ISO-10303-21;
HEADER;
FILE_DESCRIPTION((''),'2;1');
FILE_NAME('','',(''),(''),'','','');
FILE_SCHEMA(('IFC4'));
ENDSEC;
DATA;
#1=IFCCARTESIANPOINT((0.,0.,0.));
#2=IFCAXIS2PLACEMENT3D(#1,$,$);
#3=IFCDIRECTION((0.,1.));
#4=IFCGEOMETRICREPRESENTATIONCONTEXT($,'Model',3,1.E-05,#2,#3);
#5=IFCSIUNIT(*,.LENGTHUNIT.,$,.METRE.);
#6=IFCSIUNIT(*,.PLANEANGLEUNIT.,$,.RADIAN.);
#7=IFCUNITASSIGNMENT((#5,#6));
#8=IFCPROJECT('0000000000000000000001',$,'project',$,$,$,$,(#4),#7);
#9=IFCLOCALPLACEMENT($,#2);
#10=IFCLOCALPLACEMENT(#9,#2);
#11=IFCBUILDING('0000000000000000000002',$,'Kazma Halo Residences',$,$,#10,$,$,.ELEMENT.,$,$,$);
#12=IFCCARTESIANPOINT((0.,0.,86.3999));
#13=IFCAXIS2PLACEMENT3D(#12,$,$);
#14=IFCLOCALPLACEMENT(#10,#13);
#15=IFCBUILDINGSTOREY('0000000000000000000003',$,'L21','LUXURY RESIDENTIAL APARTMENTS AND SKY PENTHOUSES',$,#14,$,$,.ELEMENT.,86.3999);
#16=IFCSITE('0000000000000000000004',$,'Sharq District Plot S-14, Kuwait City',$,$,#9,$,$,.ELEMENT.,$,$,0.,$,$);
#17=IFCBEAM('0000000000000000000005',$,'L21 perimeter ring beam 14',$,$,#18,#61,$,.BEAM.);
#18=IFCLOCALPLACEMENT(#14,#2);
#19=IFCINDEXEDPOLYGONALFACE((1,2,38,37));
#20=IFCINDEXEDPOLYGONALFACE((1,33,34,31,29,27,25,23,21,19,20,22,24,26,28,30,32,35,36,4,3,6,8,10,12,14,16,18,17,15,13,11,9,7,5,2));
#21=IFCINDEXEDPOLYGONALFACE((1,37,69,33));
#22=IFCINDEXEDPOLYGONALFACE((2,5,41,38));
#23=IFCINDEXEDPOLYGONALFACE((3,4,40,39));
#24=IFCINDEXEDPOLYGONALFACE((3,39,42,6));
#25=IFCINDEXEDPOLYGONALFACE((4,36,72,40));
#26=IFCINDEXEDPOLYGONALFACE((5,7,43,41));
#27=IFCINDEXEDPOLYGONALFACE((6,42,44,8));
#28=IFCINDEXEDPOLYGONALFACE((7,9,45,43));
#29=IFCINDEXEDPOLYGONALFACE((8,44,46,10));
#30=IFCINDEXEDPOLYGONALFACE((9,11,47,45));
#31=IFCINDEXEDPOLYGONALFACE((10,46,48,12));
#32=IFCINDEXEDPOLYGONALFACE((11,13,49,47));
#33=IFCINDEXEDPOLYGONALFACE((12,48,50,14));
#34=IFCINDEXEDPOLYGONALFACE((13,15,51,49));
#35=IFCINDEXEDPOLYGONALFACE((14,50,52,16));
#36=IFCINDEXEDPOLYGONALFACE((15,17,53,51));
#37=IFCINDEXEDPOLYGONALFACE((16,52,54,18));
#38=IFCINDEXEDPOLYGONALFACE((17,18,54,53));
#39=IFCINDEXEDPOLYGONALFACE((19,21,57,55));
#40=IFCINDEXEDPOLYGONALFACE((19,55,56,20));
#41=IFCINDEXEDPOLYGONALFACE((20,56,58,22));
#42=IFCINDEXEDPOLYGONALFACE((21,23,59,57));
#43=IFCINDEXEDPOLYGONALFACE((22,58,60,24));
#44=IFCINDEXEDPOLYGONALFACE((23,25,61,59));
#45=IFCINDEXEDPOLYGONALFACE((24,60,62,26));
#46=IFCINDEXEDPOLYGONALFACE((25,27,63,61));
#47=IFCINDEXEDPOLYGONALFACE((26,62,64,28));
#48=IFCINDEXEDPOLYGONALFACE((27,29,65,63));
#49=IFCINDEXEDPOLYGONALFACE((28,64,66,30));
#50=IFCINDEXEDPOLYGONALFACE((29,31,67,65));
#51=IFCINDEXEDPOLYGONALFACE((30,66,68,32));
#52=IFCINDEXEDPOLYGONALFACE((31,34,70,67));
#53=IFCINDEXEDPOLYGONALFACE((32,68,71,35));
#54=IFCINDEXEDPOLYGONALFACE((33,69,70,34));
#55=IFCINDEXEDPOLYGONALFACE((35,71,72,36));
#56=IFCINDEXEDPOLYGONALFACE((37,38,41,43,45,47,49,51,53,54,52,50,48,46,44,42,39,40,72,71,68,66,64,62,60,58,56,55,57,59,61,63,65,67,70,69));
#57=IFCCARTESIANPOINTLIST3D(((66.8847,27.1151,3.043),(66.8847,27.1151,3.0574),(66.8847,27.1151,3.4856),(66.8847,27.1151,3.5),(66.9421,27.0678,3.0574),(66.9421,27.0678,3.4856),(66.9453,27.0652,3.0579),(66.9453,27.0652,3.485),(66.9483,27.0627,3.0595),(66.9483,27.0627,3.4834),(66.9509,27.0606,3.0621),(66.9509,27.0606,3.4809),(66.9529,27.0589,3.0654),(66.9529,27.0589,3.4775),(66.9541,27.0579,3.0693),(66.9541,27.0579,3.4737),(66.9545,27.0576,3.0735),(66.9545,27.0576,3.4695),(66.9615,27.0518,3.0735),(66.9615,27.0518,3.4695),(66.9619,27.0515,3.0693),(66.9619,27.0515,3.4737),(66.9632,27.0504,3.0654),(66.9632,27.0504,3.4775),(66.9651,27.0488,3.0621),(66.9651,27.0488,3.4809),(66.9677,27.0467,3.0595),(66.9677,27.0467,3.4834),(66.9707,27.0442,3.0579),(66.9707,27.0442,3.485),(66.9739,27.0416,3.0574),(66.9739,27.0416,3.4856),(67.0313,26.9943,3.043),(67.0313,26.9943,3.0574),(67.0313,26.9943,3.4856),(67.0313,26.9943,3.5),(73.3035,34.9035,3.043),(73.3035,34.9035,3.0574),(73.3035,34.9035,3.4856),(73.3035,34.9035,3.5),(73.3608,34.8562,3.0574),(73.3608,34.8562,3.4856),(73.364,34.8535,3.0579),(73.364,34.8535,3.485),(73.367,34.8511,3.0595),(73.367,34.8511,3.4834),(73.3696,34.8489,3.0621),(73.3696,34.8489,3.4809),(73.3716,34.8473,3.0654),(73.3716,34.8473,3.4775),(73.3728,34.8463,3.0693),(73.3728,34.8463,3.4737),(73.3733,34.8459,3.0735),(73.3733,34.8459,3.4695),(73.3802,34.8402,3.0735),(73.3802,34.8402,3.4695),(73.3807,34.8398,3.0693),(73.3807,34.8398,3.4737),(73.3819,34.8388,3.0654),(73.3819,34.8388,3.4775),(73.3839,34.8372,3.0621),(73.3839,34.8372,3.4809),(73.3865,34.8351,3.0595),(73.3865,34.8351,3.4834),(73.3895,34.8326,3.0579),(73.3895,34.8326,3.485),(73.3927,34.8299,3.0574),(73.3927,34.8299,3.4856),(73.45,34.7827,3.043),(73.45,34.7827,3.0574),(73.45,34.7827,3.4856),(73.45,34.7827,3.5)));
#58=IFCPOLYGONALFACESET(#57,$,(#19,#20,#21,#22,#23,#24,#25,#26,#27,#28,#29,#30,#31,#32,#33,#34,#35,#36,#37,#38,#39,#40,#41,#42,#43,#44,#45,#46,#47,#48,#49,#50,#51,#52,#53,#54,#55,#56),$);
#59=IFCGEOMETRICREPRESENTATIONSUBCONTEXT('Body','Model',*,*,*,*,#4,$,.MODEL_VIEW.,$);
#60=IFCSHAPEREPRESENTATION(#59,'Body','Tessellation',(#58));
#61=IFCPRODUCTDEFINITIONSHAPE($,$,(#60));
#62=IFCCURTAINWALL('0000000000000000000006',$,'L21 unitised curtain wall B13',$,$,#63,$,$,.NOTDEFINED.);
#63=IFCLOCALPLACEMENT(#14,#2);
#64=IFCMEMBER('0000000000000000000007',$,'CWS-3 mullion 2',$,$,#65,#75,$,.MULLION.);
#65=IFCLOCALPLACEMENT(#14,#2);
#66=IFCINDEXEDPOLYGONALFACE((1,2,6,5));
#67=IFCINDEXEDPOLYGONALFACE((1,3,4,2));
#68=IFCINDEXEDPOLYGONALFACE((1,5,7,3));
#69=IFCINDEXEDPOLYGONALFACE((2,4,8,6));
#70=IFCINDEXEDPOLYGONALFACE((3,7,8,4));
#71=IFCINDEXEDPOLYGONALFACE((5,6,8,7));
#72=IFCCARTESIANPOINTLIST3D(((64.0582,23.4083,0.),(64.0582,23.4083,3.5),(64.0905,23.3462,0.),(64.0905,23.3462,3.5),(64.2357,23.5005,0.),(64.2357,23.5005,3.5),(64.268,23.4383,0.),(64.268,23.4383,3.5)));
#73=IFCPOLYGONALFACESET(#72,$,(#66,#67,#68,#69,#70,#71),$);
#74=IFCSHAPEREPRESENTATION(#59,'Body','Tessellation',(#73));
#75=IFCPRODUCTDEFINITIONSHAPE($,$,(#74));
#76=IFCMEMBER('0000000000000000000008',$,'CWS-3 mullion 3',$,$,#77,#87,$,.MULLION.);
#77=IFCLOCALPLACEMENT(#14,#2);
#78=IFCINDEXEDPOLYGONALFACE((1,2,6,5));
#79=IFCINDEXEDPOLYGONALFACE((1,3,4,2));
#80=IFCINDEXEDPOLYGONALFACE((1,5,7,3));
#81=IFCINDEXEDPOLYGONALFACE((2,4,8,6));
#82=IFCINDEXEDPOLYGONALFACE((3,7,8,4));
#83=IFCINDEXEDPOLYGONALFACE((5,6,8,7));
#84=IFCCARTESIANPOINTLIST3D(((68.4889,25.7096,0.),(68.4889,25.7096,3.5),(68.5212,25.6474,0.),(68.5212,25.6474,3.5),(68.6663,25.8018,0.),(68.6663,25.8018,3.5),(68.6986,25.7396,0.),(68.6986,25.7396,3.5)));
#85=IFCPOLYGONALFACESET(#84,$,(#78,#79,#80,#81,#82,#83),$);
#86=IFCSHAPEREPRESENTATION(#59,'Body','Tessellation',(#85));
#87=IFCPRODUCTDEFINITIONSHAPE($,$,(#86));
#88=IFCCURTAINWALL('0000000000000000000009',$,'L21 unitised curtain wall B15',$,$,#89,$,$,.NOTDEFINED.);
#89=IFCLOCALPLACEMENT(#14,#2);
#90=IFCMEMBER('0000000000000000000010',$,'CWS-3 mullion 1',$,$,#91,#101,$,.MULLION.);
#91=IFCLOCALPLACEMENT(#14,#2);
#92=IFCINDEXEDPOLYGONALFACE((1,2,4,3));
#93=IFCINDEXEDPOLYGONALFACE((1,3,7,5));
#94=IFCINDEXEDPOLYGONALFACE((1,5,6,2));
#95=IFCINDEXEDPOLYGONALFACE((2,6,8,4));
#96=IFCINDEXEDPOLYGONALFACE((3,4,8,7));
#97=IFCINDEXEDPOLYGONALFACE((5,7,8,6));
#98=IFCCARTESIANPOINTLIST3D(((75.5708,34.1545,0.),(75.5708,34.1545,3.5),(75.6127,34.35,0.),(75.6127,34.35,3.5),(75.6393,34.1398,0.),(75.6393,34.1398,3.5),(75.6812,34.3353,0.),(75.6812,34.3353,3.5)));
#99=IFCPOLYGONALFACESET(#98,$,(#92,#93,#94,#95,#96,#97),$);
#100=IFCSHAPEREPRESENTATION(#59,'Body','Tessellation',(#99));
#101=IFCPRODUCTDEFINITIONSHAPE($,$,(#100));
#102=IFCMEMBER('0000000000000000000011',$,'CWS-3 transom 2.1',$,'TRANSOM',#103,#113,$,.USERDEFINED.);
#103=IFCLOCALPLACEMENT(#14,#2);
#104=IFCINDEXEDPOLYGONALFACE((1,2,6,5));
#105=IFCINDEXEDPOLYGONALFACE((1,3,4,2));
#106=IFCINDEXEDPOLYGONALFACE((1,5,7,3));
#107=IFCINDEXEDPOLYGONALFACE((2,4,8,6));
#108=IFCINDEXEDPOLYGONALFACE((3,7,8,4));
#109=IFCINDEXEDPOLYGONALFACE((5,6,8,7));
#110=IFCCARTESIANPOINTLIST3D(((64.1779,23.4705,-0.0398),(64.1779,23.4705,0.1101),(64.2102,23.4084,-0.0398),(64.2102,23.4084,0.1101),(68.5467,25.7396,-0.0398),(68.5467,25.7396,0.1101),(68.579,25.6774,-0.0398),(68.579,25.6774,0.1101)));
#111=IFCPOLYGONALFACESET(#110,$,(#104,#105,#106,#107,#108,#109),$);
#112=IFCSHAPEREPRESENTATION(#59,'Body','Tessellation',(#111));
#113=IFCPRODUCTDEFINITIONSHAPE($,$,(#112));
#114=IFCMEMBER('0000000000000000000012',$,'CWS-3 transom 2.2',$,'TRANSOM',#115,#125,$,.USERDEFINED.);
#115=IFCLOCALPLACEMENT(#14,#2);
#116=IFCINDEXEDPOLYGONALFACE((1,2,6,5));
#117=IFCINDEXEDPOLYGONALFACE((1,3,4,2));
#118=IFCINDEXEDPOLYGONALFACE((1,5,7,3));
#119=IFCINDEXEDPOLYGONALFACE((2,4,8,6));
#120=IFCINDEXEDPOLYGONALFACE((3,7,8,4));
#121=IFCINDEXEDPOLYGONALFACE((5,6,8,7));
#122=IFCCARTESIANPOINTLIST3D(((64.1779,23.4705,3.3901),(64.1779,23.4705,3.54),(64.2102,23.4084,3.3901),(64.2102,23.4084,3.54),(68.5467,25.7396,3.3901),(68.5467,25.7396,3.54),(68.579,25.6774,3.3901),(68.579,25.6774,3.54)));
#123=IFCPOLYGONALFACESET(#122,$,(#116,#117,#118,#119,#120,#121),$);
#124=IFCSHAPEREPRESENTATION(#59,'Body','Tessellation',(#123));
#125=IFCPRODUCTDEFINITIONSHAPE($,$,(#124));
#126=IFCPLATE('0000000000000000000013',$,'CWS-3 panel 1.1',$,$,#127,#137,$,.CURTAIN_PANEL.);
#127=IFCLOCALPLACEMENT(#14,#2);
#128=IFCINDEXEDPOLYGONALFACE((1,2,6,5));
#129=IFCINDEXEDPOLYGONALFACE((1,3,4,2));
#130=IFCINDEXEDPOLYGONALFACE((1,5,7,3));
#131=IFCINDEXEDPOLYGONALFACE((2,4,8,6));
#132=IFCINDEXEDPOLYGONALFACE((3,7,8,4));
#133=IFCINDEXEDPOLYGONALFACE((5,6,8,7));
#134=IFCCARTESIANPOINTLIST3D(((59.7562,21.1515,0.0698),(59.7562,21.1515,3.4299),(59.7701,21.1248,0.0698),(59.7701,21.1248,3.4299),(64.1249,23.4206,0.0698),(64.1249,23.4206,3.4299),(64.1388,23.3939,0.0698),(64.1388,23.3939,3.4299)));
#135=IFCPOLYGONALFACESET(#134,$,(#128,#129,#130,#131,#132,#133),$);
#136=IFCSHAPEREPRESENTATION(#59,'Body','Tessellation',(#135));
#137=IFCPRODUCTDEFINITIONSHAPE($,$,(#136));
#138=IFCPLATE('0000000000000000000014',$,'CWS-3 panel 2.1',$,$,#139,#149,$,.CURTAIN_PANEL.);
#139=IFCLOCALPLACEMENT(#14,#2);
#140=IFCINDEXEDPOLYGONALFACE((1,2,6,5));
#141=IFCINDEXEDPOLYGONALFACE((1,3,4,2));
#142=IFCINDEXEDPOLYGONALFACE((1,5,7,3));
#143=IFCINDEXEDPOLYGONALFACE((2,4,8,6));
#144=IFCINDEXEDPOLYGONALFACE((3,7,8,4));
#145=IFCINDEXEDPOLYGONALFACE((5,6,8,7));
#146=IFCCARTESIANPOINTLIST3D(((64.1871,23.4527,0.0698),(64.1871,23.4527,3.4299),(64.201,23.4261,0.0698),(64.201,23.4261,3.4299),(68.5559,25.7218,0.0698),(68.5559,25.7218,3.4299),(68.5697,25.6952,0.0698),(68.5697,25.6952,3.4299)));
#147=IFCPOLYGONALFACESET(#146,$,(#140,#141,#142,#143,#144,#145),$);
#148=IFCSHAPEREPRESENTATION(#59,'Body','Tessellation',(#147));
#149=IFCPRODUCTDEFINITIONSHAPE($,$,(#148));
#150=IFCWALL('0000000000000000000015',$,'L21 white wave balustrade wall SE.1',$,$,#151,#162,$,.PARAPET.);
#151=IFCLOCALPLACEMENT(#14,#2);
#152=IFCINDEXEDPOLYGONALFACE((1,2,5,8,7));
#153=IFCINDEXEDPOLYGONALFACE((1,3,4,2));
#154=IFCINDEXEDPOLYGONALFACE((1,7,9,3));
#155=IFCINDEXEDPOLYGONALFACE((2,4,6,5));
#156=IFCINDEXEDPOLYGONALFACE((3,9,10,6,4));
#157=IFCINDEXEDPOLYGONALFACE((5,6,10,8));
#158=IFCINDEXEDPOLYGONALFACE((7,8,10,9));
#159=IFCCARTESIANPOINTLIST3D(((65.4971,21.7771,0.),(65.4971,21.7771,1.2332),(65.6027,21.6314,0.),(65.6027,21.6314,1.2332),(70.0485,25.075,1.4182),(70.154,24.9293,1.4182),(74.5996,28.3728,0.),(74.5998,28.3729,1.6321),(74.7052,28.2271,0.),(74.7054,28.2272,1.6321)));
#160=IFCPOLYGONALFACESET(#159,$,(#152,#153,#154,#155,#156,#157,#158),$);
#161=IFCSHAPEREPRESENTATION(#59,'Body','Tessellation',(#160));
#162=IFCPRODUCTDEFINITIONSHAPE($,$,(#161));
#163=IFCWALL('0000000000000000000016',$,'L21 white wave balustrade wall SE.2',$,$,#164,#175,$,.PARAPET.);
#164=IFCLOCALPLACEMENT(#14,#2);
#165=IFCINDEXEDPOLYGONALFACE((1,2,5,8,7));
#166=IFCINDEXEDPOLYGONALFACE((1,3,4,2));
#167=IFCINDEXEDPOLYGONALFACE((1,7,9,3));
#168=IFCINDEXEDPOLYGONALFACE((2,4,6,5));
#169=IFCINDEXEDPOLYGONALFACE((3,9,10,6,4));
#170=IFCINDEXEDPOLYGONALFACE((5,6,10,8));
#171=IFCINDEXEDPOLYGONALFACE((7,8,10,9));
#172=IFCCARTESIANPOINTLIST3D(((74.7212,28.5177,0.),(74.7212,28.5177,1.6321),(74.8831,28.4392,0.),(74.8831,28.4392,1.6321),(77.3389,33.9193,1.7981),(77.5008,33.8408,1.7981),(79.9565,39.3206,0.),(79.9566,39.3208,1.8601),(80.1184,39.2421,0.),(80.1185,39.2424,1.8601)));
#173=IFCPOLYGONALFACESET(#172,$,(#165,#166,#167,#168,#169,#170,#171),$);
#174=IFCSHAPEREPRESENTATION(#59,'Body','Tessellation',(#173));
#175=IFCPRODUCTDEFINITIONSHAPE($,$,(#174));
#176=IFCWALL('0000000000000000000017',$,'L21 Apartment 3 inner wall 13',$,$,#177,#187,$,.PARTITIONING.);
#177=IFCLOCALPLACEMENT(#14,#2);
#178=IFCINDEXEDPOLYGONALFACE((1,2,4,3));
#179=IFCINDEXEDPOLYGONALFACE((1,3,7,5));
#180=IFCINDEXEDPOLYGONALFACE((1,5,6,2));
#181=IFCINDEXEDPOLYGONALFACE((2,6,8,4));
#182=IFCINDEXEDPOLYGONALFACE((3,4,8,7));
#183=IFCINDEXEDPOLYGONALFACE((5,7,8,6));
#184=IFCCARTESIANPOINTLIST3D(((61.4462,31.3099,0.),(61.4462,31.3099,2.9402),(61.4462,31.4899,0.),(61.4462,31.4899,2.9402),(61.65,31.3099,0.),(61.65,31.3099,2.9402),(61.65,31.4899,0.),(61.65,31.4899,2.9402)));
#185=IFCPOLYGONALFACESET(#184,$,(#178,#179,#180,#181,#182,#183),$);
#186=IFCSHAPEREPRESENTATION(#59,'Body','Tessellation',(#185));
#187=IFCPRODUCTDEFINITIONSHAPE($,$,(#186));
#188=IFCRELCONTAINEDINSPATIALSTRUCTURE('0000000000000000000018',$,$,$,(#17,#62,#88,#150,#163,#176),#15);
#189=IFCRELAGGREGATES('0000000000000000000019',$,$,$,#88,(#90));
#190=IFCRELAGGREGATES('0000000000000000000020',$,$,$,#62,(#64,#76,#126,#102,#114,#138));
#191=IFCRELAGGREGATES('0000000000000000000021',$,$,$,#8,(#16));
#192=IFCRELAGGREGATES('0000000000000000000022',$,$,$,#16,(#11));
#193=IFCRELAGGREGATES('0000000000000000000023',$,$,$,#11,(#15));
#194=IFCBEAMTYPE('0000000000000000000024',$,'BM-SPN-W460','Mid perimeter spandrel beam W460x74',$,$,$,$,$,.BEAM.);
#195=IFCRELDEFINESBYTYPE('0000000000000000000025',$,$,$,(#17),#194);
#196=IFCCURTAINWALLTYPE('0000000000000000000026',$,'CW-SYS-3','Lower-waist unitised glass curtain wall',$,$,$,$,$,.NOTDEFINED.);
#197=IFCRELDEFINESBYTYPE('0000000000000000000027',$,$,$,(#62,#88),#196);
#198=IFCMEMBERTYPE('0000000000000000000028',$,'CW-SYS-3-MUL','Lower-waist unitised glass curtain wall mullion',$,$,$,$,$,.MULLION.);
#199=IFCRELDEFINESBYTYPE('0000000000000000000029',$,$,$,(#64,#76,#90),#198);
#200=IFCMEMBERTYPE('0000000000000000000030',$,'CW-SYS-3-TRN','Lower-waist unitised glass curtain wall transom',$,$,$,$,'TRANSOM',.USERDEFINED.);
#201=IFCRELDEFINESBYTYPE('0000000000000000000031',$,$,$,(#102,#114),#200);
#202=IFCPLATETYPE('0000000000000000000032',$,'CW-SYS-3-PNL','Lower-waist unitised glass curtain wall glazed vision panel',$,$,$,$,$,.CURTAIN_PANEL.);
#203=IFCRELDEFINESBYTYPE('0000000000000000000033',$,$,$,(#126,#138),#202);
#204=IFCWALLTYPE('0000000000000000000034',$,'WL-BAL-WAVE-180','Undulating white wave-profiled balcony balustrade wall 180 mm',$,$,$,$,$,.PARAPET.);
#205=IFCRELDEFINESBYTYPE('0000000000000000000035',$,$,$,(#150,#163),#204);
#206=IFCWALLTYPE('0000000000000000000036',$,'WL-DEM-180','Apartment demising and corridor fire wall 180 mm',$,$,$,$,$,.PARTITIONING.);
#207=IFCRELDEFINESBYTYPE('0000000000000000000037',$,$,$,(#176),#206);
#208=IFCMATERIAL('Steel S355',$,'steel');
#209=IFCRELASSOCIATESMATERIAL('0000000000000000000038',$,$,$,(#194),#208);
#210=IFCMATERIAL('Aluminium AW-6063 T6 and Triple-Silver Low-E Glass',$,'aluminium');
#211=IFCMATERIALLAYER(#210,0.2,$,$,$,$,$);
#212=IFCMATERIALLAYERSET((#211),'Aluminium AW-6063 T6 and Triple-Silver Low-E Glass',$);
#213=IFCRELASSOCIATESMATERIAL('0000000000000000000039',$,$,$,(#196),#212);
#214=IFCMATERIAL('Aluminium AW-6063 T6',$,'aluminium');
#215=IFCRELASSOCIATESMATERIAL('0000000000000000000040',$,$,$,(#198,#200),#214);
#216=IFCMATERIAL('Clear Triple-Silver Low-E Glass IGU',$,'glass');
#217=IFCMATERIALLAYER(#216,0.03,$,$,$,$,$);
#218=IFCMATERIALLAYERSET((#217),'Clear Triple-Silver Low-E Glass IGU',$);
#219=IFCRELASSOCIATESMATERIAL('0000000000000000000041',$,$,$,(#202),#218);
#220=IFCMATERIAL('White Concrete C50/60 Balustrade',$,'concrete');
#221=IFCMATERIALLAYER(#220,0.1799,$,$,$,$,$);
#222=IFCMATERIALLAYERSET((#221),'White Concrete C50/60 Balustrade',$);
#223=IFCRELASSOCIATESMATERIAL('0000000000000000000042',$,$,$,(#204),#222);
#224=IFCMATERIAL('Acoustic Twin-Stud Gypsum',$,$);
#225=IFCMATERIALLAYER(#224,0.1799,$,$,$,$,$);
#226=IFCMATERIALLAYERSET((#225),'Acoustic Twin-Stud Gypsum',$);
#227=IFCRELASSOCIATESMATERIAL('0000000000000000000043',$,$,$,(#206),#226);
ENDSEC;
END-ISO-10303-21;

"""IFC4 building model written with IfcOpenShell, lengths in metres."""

from ifc_helpers import new_model, si_unit, direction, frame, frame_2d, origin, origin_2d, place, context, subcontext, project, spatial, polyline, rectangle, i_section, outline, extrude, material, layer, layer_set, material_profile, profile_set, type_object, element, aggregate, save


model = new_model("IFC4")

# Units and contexts
model_context = context("Model", 3, precision=1e-05, world=origin(), true_north=direction((0.0, 1.0)))
body_context = subcontext(model_context, "Body", "Model", "MODEL_VIEW")
ifc_project = project(units=[si_unit("LENGTHUNIT", "METRE"), si_unit("PLANEANGLEUNIT", "RADIAN")], contexts=[model_context])

# Site, building, storey
site_placement = place(None, origin())
site = spatial("IfcSite", under=ifc_project, at=site_placement, Name="Sharq District Plot S-14, Kuwait City", CompositionType="ELEMENT", RefElevation=0.0)
building_placement = place(site_placement, origin())
building = spatial("IfcBuilding", under=site, at=building_placement, Name="Kazma Halo Residences", CompositionType="ELEMENT")
storey_placement = place(building_placement, frame((0.0, 0.0, 86.3999)))
storey = spatial("IfcBuildingStorey", under=building, at=storey_placement, Name="L21", Description="LUXURY RESIDENTIAL APARTMENTS AND SKY PENTHOUSES", CompositionType="ELEMENT", Elevation=86.3999)

# Beam
ifc_material_1 = material(Name="Steel S355", Category="steel")
ifc_material_profile_1 = material_profile(ifc_material_1, i_section(OverallWidth=0.1899, OverallDepth=0.457, WebThickness=0.009, FlangeThickness=0.0144, FilletRadius=0.0161, at=origin_2d()), Name="W460x74")
ifc_profile_set_1 = profile_set([ifc_material_profile_1], Name="Steel S355")
beam_type_1 = type_object("IfcBeamType", Name="BM-SPN-W460", Description="Mid perimeter spandrel beam W460x74", PredefinedType="BEAM", material=ifc_profile_set_1)
beam_1_placement = place(storey_placement, frame((66.958, 27.0547, 3.2715), z_axis=(0.63599, 0.771698, 0.0), x_axis=(-0.771698, 0.63599, 0.0)))
element("IfcBeam", 1, at=beam_1_placement, inside=storey, type_object=beam_type_1, Name="L21 perimeter ring beam 14", PredefinedType="BEAM", context=body_context, shape_type="SweptSolid", body=[
    extrude(i_section(OverallWidth=0.1899, OverallDepth=0.457, WebThickness=0.009, FlangeThickness=0.0144, FilletRadius=0.0161, at=origin_2d()), origin(), (0.0, 0.0, 1.0), 10.0925),
])

# Curtain wall, members
ifc_material_2 = material(Name="Aluminium AW-6063 T6 and Triple-Silver Low-E Glass", Category="aluminium")
ifc_layer_1 = layer(ifc_material_2, 0.2)
ifc_layer_set_1 = layer_set([ifc_layer_1], Name="Aluminium AW-6063 T6 and Triple-Silver Low-E Glass")
curtain_wall_type = type_object("IfcCurtainWallType", Name="CW-SYS-3", Description="Lower-waist unitised glass curtain wall", PredefinedType="NOTDEFINED", material=ifc_layer_set_1)
curtain_wall_1_placement = place(storey_placement, origin())
curtain_wall_1 = element("IfcCurtainWall", 2, at=curtain_wall_1_placement, inside=storey, type_object=curtain_wall_type, Name="L21 unitised curtain wall B13", PredefinedType="NOTDEFINED")
ifc_material_3 = material(Name="Aluminium AW-6063 T6", Category="aluminium")
ifc_material_profile_2 = material_profile(ifc_material_3, rectangle(XDim=0.0701, YDim=0.2, at=origin_2d()), Name="CWM-70x200")
ifc_profile_set_2 = profile_set([ifc_material_profile_2], Name="Aluminium AW-6063 T6")
member_type_1 = type_object("IfcMemberType", Name="CW-SYS-3-MUL", Description="Lower-waist unitised glass curtain wall mullion", PredefinedType="MULLION", material=ifc_profile_set_2)
member_1_placement = place(storey_placement, frame((64.1631, 23.4233, 0.0), z_axis=(0.0, 0.0, 1.0), x_axis=(-0.460932, 0.887435, 0.0)))
member_1 = element("IfcMember", 3, at=member_1_placement, type_object=member_type_1, Name="CWS-3 mullion 2", PredefinedType="MULLION", context=body_context, shape_type="SweptSolid", body=[
    extrude(rectangle(XDim=0.0701, YDim=0.2, at=origin_2d()), origin(), (0.0, 0.0, 1.0), 3.5),
])
member_2_placement = place(storey_placement, frame((68.5938, 25.7246, 0.0), z_axis=(0.0, 0.0, 1.0), x_axis=(-0.460932, 0.887435, 0.0)))
member_2 = element("IfcMember", 4, at=member_2_placement, type_object=member_type_1, Name="CWS-3 mullion 3", PredefinedType="MULLION", context=body_context, shape_type="SweptSolid", body=[
    extrude(rectangle(XDim=0.0701, YDim=0.2, at=origin_2d()), origin(), (0.0, 0.0, 1.0), 3.5),
])

# Curtain wall, member
curtain_wall_2_placement = place(storey_placement, origin())
curtain_wall_2 = element("IfcCurtainWall", 5, at=curtain_wall_2_placement, inside=storey, type_object=curtain_wall_type, Name="L21 unitised curtain wall B15", PredefinedType="NOTDEFINED")
member_3_placement = place(storey_placement, frame((75.626, 34.2449, 0.0), z_axis=(0.0, 0.0, 1.0), x_axis=(-0.977774, 0.209661, 0.0)))
member_3 = element("IfcMember", 6, at=member_3_placement, type_object=member_type_1, Name="CWS-3 mullion 1", PredefinedType="MULLION", context=body_context, shape_type="SweptSolid", body=[
    extrude(rectangle(XDim=0.0701, YDim=0.2, at=origin_2d()), origin(), (0.0, 0.0, 1.0), 3.5),
])
aggregate(curtain_wall_2, [member_3])

# Members
ifc_material_profile_3 = material_profile(ifc_material_3, rectangle(XDim=0.0701, YDim=0.1499, at=origin_2d()), Name="CWT-70x150")
ifc_profile_set_3 = profile_set([ifc_material_profile_3], Name="Aluminium AW-6063 T6")
member_type_2 = type_object("IfcMemberType", Name="CW-SYS-3-TRN", Description="Lower-waist unitised glass curtain wall transom", ElementType="TRANSOM", PredefinedType="USERDEFINED", material=ifc_profile_set_3)
member_4_placement = place(storey_placement, frame((64.1941, 23.4395, 0.0352), z_axis=(0.887438, 0.460928, 0.0), x_axis=(-0.460928, 0.887438, 0.0)))
member_4 = element("IfcMember", 7, at=member_4_placement, type_object=member_type_2, Name="CWS-3 transom 2.1", ObjectType="TRANSOM", PredefinedType="USERDEFINED", context=body_context, shape_type="SweptSolid", body=[
    extrude(rectangle(XDim=0.0701, YDim=0.1499, at=origin_2d()), origin(), (0.0, 0.0, 1.0), 4.9229),
])
member_5_placement = place(storey_placement, frame((64.1941, 23.4395, 3.4651), z_axis=(0.887438, 0.460928, 0.0), x_axis=(-0.460928, 0.887438, 0.0)))
member_5 = element("IfcMember", 8, at=member_5_placement, type_object=member_type_2, Name="CWS-3 transom 2.2", ObjectType="TRANSOM", PredefinedType="USERDEFINED", context=body_context, shape_type="SweptSolid", body=[
    extrude(rectangle(XDim=0.0701, YDim=0.1499, at=origin_2d()), origin(), (0.0, 0.0, 1.0), 4.9229),
])

# Plates
ifc_material_4 = material(Name="Clear Triple-Silver Low-E Glass IGU", Category="glass")
ifc_layer_2 = layer(ifc_material_4, 0.03)
ifc_layer_set_2 = layer_set([ifc_layer_2], Name="Clear Triple-Silver Low-E Glass IGU")
plate_type = type_object("IfcPlateType", Name="CW-SYS-3-PNL", Description="Lower-waist unitised glass curtain wall glazed vision panel", PredefinedType="CURTAIN_PANEL", material=ifc_layer_set_2)
plate_1_placement = place(storey_placement, frame((61.9475, 22.2727, 0.0698), z_axis=(0.0, 0.0, 1.0), x_axis=(0.887435, 0.460932, 0.0)))
plate_1 = element("IfcPlate", 9, at=plate_1_placement, type_object=plate_type, Name="CWS-3 panel 1.1", PredefinedType="CURTAIN_PANEL", context=body_context, shape_type="SweptSolid", body=[
    extrude(rectangle(XDim=4.9229, YDim=0.03, at=origin_2d()), origin(), (0.0, 0.0, 1.0), 3.3601),
])
plate_2_placement = place(storey_placement, frame((66.3784, 24.574, 0.0698), z_axis=(0.0, 0.0, 1.0), x_axis=(0.887435, 0.460932, 0.0)))
plate_2 = element("IfcPlate", 10, at=plate_2_placement, type_object=plate_type, Name="CWS-3 panel 2.1", PredefinedType="CURTAIN_PANEL", context=body_context, shape_type="SweptSolid", body=[
    extrude(rectangle(XDim=4.9229, YDim=0.03, at=origin_2d()), origin(), (0.0, 0.0, 1.0), 3.3601),
])
aggregate(curtain_wall_1, [member_1, member_2, plate_1, member_4, member_5, plate_2])

# Walls
ifc_material_5 = material(Name="White Concrete C50/60 Balustrade", Category="concrete")
ifc_layer_3 = layer(ifc_material_5, 0.1799)
ifc_layer_set_3 = layer_set([ifc_layer_3], Name="White Concrete C50/60 Balustrade")
wall_type_1 = type_object("IfcWallType", Name="WL-BAL-WAVE-180", Description="Undulating white wave-profiled balcony balustrade wall 180 mm", PredefinedType="PARAPET", material=ifc_layer_set_3)
wall_1_placement = place(storey_placement, frame((65.5498, 21.7043, 0.0), z_axis=(0.0, 0.0, 1.0), x_axis=(0.809764, 0.586755, 0.0)))
element("IfcWall", 11, at=wall_1_placement, inside=storey, type_object=wall_type_1, Name="L21 white wave balustrade wall SE.1", PredefinedType="PARAPET", context=body_context, shape_type="SweptSolid", body=[
    extrude(outline(polyline([(0.0, 0.0), (11.241, 0.0), (11.2412, 1.6321), (5.6206, 1.4182), (0.0, 1.2332), (0.0, 0.0)])), frame((0.0, 0.0898, 0.0), z_axis=(0.0, -1.0, 0.0), x_axis=(1.0, 0.0, 0.0)), (0.0, 0.0, 1.0), 0.1799),
])
wall_2_placement = place(storey_placement, frame((74.802, 28.4785, 0.0), z_axis=(0.0, 0.0, 1.0), x_axis=(0.436108, 0.899894, 0.0)))
element("IfcWall", 12, at=wall_2_placement, inside=storey, type_object=wall_type_1, Name="L21 white wave balustrade wall SE.2", PredefinedType="PARAPET", context=body_context, shape_type="SweptSolid", body=[
    extrude(outline(polyline([(0.0, 0.0), (12.0046, 0.0), (12.0049, 1.8601), (6.0024, 1.7981), (0.0, 1.6321), (0.0, 0.0)])), frame((0.0, 0.0898, 0.0), z_axis=(0.0, -1.0, 0.0), x_axis=(1.0, 0.0, 0.0)), (0.0, 0.0, 1.0), 0.1799),
])
ifc_material_6 = material(Name="Acoustic Twin-Stud Gypsum")
ifc_layer_4 = layer(ifc_material_6, 0.1799)
ifc_layer_set_4 = layer_set([ifc_layer_4], Name="Acoustic Twin-Stud Gypsum")
wall_type_2 = type_object("IfcWallType", Name="WL-DEM-180", Description="Apartment demising and corridor fire wall 180 mm", PredefinedType="PARTITIONING", material=ifc_layer_set_4)
wall_3_placement = place(storey_placement, frame((61.446, 31.3999, 0.0), z_axis=(0.0, 0.0, 1.0), x_axis=(1.0, 0.0, 0.0)))
element("IfcWall", 13, at=wall_3_placement, inside=storey, type_object=wall_type_2, Name="L21 Apartment 3 inner wall 13", PredefinedType="PARTITIONING", context=body_context, shape_type="SweptSolid", body=[
    extrude(rectangle(XDim=0.2039, YDim=0.1799, at=frame_2d((0.1021, 0.0))), origin(), (0.0, 0.0, 1.0), 2.9402),
])

save(model, "model.ifc")
